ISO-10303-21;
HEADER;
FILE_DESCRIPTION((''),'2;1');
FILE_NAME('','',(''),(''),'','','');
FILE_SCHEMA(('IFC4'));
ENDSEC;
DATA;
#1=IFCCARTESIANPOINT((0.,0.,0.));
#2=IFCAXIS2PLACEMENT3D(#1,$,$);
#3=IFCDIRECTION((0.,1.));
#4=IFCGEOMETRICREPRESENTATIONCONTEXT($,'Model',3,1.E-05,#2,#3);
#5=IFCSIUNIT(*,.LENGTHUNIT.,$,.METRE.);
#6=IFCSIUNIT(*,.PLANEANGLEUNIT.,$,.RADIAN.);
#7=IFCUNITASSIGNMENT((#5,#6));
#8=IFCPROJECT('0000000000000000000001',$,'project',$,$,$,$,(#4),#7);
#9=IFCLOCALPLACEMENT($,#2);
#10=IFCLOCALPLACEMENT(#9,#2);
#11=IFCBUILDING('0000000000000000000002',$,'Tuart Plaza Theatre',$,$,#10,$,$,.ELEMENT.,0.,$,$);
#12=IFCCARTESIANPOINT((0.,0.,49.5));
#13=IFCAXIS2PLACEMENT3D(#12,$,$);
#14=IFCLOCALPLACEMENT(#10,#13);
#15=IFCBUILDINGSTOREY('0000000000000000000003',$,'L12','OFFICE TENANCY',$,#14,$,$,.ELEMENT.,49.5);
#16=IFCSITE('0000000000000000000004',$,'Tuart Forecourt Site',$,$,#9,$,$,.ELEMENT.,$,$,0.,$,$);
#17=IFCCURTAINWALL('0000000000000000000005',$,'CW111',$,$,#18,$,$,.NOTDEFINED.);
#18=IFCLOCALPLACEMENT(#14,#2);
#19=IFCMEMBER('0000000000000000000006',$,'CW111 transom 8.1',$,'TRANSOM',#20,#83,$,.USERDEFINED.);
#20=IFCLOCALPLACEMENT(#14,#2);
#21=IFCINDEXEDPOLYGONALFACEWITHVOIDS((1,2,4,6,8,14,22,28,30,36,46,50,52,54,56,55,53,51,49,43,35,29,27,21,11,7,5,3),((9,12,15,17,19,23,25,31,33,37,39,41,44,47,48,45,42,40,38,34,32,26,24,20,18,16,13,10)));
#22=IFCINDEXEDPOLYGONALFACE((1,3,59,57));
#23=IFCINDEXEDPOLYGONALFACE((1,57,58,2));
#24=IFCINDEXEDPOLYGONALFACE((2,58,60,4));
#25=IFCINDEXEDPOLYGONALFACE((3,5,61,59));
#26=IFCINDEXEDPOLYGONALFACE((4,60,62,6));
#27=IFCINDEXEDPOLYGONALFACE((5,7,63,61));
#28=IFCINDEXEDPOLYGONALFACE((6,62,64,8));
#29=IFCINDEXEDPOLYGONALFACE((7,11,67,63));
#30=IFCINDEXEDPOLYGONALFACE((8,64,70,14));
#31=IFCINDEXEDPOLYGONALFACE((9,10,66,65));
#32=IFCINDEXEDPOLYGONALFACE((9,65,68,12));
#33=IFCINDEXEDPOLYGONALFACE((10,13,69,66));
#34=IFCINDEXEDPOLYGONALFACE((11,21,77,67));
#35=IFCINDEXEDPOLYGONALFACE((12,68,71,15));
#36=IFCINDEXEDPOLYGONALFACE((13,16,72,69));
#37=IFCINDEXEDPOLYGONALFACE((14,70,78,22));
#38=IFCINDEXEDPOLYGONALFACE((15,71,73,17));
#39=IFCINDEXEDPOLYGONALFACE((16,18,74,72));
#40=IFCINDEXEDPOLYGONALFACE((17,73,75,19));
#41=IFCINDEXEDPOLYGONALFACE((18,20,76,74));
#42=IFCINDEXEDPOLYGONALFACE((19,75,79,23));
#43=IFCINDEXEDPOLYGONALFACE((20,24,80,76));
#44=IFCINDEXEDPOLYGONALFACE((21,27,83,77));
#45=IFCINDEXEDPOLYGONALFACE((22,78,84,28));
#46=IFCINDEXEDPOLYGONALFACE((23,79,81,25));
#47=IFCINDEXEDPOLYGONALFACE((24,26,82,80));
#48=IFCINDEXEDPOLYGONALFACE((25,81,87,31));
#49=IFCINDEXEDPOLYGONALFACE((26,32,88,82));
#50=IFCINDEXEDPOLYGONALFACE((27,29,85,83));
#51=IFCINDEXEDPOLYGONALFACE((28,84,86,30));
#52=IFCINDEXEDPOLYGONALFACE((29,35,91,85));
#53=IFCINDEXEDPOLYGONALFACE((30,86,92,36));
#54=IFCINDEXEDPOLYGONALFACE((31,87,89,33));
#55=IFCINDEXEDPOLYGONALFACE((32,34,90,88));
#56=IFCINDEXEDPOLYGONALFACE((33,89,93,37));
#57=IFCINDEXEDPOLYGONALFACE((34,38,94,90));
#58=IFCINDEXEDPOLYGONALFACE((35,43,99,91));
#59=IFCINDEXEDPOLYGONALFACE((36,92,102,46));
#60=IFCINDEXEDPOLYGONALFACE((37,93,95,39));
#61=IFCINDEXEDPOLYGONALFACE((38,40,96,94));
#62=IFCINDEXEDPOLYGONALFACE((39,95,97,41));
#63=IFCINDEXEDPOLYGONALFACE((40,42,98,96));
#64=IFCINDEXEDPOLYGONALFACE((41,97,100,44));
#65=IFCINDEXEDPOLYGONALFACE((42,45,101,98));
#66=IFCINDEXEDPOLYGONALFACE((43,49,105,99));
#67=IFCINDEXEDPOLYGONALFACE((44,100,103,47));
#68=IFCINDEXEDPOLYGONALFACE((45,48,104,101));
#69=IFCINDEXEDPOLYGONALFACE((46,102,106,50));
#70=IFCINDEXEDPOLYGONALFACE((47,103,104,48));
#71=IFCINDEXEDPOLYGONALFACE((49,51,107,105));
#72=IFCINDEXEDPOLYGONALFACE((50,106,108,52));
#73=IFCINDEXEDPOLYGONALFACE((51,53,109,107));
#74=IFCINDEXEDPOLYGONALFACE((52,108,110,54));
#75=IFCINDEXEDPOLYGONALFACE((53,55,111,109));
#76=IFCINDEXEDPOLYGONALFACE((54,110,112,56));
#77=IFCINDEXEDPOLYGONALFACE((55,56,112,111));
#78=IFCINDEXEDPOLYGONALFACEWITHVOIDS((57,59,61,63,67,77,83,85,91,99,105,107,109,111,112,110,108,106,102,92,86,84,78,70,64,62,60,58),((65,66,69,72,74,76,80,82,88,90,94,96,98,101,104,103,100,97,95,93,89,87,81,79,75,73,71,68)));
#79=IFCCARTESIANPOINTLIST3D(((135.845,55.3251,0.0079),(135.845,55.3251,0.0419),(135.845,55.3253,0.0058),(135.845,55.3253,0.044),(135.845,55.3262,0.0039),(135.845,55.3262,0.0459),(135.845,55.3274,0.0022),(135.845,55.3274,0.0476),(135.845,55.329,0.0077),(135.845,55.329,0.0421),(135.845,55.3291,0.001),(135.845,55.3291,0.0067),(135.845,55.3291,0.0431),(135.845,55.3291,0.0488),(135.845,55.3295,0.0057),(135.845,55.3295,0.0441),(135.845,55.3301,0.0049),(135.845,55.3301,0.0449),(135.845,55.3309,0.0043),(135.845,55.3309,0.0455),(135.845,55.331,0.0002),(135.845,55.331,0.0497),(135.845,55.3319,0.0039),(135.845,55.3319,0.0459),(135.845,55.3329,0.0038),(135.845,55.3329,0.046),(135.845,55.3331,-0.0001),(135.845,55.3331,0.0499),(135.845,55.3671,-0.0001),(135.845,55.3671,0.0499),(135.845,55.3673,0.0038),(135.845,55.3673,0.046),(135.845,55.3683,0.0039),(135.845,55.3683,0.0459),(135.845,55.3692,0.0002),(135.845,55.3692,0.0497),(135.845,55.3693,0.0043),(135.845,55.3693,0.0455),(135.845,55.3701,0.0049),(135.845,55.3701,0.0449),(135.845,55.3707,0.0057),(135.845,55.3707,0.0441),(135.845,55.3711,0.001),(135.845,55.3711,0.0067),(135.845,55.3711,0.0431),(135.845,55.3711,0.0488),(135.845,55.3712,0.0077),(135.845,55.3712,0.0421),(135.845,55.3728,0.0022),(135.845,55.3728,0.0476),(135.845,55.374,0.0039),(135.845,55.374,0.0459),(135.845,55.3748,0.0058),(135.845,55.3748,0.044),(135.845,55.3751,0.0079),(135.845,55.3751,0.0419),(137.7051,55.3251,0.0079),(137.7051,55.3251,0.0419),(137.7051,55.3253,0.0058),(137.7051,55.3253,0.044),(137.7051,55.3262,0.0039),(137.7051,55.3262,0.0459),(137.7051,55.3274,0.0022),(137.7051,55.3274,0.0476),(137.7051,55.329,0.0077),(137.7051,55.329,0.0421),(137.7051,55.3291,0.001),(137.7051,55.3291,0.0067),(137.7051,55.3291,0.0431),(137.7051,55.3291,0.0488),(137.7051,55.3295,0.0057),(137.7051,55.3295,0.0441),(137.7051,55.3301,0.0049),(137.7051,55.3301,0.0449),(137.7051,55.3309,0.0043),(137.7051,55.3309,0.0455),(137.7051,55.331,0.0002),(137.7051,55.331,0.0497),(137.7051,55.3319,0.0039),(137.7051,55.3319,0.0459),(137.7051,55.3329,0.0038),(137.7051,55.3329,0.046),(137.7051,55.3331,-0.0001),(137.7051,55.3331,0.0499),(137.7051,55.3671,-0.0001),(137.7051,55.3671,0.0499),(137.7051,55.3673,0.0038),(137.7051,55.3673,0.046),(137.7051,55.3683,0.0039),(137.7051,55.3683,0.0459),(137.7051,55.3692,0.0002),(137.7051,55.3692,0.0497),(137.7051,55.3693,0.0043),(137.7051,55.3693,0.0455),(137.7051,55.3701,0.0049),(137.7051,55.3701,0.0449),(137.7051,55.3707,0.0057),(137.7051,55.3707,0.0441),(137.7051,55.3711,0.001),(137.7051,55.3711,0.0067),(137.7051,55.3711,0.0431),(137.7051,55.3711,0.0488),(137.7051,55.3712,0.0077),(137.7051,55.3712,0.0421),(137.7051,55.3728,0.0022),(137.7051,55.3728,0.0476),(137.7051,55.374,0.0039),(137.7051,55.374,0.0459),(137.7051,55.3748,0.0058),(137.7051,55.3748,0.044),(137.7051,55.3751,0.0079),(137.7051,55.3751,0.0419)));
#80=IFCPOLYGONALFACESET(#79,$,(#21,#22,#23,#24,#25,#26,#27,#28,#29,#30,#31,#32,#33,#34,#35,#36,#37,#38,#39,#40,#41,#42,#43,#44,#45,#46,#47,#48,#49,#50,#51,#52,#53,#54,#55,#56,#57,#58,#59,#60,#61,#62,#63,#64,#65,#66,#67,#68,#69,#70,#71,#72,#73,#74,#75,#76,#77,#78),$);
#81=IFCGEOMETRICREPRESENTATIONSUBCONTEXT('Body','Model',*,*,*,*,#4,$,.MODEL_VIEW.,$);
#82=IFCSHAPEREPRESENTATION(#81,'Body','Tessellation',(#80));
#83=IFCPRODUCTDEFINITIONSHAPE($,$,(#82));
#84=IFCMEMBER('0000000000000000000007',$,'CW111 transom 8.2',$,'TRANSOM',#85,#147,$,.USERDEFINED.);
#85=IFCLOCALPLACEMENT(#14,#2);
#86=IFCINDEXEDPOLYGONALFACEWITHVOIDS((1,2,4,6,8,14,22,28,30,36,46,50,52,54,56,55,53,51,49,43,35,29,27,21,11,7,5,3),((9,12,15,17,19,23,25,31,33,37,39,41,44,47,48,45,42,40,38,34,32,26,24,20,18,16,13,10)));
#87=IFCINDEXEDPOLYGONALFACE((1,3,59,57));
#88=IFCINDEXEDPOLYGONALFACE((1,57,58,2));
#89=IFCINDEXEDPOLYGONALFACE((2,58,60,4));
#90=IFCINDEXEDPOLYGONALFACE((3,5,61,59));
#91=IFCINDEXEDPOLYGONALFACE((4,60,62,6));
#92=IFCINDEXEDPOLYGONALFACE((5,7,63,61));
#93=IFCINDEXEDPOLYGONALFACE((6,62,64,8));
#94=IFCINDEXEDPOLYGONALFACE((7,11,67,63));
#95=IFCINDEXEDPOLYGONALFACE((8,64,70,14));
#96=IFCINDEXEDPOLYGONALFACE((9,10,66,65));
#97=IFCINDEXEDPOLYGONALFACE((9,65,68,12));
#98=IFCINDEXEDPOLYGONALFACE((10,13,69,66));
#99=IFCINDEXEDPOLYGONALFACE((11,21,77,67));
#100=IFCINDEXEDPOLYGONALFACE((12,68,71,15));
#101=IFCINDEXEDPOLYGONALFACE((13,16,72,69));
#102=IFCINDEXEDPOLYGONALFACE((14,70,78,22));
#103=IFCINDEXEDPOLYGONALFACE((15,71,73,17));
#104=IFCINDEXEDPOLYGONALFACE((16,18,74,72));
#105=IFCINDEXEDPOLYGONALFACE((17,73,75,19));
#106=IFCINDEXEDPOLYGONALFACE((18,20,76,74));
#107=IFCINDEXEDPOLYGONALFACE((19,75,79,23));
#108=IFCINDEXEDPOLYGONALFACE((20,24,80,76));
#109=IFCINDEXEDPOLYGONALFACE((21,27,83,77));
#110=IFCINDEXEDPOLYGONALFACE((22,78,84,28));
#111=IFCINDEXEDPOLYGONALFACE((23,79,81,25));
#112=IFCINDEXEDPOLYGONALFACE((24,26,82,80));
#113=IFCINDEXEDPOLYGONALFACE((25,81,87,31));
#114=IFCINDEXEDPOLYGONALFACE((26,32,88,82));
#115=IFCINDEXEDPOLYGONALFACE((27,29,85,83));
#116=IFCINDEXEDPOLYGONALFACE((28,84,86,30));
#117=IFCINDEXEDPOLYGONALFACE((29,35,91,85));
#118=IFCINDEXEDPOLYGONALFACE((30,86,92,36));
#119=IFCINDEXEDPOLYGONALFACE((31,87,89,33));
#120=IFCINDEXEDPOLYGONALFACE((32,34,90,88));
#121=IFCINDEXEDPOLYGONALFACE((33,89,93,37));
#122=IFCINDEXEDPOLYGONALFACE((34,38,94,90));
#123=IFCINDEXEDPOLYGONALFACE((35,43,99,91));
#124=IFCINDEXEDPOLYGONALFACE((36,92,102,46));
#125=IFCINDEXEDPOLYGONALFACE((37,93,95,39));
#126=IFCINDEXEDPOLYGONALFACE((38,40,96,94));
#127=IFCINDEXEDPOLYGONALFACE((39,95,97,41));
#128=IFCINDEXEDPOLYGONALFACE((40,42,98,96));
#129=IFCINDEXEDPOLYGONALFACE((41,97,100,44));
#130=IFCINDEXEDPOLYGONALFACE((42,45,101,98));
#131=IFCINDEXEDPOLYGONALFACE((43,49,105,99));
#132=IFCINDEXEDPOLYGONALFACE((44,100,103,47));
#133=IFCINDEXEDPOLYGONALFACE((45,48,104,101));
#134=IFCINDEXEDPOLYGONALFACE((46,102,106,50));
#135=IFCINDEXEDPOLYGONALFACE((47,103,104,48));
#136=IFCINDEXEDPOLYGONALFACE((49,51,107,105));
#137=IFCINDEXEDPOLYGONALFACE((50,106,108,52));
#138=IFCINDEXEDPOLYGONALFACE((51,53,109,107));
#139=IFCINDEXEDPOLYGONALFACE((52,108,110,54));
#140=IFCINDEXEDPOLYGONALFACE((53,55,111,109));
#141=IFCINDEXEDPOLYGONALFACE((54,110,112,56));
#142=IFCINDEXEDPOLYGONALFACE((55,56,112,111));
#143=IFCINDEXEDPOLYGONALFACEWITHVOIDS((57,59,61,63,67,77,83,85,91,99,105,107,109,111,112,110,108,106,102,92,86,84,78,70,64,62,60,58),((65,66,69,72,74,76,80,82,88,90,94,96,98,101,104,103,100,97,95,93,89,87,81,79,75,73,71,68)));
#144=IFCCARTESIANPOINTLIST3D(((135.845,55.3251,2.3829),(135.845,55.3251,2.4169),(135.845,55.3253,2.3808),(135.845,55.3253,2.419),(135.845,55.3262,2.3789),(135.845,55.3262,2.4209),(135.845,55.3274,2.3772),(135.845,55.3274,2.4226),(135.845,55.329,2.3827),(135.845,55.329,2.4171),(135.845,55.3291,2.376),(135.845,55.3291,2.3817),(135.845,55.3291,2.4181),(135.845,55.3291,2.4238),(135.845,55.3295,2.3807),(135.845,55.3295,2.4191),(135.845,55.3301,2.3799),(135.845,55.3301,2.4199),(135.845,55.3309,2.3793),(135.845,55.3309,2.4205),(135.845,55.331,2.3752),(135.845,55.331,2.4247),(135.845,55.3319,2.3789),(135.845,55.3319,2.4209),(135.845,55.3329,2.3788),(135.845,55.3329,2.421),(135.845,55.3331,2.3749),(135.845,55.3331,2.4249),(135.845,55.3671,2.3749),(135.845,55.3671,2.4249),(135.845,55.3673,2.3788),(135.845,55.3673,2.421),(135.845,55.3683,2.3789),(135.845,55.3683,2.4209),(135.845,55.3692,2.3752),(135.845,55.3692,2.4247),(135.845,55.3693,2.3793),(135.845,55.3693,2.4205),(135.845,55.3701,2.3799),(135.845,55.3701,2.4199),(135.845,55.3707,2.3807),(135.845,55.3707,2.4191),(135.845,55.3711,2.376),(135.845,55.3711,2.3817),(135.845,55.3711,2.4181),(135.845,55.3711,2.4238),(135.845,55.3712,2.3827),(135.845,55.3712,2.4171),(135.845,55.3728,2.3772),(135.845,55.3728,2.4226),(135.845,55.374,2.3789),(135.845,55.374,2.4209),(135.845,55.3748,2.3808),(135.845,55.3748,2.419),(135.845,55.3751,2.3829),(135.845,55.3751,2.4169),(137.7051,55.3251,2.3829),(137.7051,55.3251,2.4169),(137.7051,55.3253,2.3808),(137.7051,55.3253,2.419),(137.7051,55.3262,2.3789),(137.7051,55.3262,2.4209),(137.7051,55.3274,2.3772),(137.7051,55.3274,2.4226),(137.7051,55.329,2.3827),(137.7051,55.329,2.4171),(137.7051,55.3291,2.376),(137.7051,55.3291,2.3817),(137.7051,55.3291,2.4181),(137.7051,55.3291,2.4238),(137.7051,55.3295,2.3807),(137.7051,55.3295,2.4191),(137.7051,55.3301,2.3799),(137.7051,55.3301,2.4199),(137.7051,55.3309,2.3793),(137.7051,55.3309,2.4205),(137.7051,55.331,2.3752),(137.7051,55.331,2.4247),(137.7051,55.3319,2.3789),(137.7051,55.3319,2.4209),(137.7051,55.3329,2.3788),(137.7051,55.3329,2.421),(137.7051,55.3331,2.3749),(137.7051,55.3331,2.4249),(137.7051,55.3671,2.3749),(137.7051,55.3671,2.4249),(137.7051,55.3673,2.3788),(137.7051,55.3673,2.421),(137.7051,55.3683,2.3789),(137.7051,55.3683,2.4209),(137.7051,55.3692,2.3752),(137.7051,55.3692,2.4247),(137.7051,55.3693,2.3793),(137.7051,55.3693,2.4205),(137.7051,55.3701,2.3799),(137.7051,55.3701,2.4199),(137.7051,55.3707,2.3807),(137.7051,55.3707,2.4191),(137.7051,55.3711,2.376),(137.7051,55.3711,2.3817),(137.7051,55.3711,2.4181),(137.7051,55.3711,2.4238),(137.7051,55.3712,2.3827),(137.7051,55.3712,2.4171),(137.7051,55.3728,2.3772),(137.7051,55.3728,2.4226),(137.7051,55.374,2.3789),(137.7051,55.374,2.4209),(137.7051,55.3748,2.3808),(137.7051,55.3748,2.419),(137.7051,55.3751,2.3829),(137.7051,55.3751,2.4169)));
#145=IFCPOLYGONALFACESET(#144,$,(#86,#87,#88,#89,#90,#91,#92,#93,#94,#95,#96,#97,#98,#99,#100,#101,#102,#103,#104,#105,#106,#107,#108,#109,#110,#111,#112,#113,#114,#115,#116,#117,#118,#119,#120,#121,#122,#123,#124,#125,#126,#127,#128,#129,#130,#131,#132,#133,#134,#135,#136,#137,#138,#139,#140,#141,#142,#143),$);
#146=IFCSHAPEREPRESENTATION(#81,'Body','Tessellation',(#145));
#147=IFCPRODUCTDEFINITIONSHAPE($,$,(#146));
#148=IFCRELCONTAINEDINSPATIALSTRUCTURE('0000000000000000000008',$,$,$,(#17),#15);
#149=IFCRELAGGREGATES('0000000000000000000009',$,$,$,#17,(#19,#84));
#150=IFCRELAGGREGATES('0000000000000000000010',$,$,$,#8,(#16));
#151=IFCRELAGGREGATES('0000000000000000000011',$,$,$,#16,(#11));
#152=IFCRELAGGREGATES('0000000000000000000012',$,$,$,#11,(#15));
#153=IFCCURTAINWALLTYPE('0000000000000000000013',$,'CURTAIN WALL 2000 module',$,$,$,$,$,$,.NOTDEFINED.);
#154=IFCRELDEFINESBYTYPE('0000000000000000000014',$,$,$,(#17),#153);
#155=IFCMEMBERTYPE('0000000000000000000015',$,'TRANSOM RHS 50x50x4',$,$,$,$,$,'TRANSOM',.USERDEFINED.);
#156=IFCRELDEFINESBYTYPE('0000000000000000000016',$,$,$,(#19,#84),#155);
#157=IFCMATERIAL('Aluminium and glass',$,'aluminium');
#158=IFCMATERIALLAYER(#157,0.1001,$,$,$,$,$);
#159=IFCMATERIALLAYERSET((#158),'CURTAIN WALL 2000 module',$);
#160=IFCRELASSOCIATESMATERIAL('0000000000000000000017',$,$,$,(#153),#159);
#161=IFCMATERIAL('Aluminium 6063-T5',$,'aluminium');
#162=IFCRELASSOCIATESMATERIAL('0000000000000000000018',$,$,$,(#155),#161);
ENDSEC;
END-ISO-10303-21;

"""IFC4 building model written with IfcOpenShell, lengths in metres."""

from ifc_helpers import new_model, si_unit, direction, frame, origin, origin_2d, place, context, subcontext, project, spatial, hollow_rectangle, extrude, material, layer, layer_set, material_profile, profile_set, type_object, element, aggregate, save


model = new_model("IFC4")

# Units and contexts
model_context = context("Model", 3, precision=1e-05, world=origin(), true_north=direction((0.0, 1.0)))
body_context = subcontext(model_context, "Body", "Model", "MODEL_VIEW")
ifc_project = project(units=[si_unit("LENGTHUNIT", "METRE"), si_unit("PLANEANGLEUNIT", "RADIAN")], contexts=[model_context])

# Site, building, storey
site_placement = place(None, origin())
site = spatial("IfcSite", under=ifc_project, at=site_placement, Name="Tuart Forecourt Site", CompositionType="ELEMENT", RefElevation=0.0)
building_placement = place(site_placement, origin())
building = spatial("IfcBuilding", under=site, at=building_placement, Name="Tuart Plaza Theatre", CompositionType="ELEMENT", ElevationOfRefHeight=0.0)
storey_placement = place(building_placement, frame((0.0, 0.0, 49.5)))
storey = spatial("IfcBuildingStorey", under=building, at=storey_placement, Name="L12", Description="OFFICE TENANCY", CompositionType="ELEMENT", Elevation=49.5)

# Shared definitions
ifc_material_1 = material(Name="Aluminium and glass", Category="aluminium")
ifc_layer_1 = layer(ifc_material_1, 0.1001)
ifc_layer_set_1 = layer_set([ifc_layer_1], Name="CURTAIN WALL 2000 module")
curtain_wall_type = type_object("IfcCurtainWallType", Name="CURTAIN WALL 2000 module", PredefinedType="NOTDEFINED", material=ifc_layer_set_1)

# Curtain wall
curtain_wall_1_placement = place(storey_placement, origin())
curtain_wall_1 = element("IfcCurtainWall", 1, at=curtain_wall_1_placement, inside=storey, type_object=curtain_wall_type, Name="CW111", PredefinedType="NOTDEFINED")

# Members
ifc_material_2 = material(Name="Aluminium 6063-T5", Category="aluminium")
ifc_material_profile_1 = material_profile(ifc_material_2, hollow_rectangle(XDim=0.05, YDim=0.05, WallThickness=0.0039, InnerFilletRadius=0.0039, OuterFilletRadius=0.0081, at=origin_2d()), Name="RHS 50x50x4")
ifc_profile_set_1 = profile_set([ifc_material_profile_1], Name="Aluminium 6063-T5")
member_type_1 = type_object("IfcMemberType", Name="TRANSOM RHS 50x50x4", ElementType="TRANSOM", PredefinedType="USERDEFINED", material=ifc_profile_set_1)
member_1_placement = place(storey_placement, frame((135.845, 55.3501, 0.0249), z_axis=(1.0, 0.0, 0.0), x_axis=(0.0, 1.0, 0.0)))
member_1 = element("IfcMember", 2, at=member_1_placement, type_object=member_type_1, Name="CW111 transom 8.1", ObjectType="TRANSOM", PredefinedType="USERDEFINED", context=body_context, shape_type="SweptSolid", body=[
    extrude(hollow_rectangle(XDim=0.05, YDim=0.05, WallThickness=0.0039, InnerFilletRadius=0.0039, OuterFilletRadius=0.0081, at=origin_2d()), origin(), (0.0, 0.0, 1.0), 1.8601),
])
member_2_placement = place(storey_placement, frame((135.845, 55.3501, 2.3999), z_axis=(1.0, 0.0, 0.0), x_axis=(0.0, 1.0, 0.0)))
member_2 = element("IfcMember", 3, at=member_2_placement, type_object=member_type_1, Name="CW111 transom 8.2", ObjectType="TRANSOM", PredefinedType="USERDEFINED", context=body_context, shape_type="SweptSolid", body=[
    extrude(hollow_rectangle(XDim=0.05, YDim=0.05, WallThickness=0.0039, InnerFilletRadius=0.0039, OuterFilletRadius=0.0081, at=origin_2d()), origin(), (0.0, 0.0, 1.0), 1.8601),
])

aggregate(curtain_wall_1, [member_1, member_2])

save(model, "model.ifc")
